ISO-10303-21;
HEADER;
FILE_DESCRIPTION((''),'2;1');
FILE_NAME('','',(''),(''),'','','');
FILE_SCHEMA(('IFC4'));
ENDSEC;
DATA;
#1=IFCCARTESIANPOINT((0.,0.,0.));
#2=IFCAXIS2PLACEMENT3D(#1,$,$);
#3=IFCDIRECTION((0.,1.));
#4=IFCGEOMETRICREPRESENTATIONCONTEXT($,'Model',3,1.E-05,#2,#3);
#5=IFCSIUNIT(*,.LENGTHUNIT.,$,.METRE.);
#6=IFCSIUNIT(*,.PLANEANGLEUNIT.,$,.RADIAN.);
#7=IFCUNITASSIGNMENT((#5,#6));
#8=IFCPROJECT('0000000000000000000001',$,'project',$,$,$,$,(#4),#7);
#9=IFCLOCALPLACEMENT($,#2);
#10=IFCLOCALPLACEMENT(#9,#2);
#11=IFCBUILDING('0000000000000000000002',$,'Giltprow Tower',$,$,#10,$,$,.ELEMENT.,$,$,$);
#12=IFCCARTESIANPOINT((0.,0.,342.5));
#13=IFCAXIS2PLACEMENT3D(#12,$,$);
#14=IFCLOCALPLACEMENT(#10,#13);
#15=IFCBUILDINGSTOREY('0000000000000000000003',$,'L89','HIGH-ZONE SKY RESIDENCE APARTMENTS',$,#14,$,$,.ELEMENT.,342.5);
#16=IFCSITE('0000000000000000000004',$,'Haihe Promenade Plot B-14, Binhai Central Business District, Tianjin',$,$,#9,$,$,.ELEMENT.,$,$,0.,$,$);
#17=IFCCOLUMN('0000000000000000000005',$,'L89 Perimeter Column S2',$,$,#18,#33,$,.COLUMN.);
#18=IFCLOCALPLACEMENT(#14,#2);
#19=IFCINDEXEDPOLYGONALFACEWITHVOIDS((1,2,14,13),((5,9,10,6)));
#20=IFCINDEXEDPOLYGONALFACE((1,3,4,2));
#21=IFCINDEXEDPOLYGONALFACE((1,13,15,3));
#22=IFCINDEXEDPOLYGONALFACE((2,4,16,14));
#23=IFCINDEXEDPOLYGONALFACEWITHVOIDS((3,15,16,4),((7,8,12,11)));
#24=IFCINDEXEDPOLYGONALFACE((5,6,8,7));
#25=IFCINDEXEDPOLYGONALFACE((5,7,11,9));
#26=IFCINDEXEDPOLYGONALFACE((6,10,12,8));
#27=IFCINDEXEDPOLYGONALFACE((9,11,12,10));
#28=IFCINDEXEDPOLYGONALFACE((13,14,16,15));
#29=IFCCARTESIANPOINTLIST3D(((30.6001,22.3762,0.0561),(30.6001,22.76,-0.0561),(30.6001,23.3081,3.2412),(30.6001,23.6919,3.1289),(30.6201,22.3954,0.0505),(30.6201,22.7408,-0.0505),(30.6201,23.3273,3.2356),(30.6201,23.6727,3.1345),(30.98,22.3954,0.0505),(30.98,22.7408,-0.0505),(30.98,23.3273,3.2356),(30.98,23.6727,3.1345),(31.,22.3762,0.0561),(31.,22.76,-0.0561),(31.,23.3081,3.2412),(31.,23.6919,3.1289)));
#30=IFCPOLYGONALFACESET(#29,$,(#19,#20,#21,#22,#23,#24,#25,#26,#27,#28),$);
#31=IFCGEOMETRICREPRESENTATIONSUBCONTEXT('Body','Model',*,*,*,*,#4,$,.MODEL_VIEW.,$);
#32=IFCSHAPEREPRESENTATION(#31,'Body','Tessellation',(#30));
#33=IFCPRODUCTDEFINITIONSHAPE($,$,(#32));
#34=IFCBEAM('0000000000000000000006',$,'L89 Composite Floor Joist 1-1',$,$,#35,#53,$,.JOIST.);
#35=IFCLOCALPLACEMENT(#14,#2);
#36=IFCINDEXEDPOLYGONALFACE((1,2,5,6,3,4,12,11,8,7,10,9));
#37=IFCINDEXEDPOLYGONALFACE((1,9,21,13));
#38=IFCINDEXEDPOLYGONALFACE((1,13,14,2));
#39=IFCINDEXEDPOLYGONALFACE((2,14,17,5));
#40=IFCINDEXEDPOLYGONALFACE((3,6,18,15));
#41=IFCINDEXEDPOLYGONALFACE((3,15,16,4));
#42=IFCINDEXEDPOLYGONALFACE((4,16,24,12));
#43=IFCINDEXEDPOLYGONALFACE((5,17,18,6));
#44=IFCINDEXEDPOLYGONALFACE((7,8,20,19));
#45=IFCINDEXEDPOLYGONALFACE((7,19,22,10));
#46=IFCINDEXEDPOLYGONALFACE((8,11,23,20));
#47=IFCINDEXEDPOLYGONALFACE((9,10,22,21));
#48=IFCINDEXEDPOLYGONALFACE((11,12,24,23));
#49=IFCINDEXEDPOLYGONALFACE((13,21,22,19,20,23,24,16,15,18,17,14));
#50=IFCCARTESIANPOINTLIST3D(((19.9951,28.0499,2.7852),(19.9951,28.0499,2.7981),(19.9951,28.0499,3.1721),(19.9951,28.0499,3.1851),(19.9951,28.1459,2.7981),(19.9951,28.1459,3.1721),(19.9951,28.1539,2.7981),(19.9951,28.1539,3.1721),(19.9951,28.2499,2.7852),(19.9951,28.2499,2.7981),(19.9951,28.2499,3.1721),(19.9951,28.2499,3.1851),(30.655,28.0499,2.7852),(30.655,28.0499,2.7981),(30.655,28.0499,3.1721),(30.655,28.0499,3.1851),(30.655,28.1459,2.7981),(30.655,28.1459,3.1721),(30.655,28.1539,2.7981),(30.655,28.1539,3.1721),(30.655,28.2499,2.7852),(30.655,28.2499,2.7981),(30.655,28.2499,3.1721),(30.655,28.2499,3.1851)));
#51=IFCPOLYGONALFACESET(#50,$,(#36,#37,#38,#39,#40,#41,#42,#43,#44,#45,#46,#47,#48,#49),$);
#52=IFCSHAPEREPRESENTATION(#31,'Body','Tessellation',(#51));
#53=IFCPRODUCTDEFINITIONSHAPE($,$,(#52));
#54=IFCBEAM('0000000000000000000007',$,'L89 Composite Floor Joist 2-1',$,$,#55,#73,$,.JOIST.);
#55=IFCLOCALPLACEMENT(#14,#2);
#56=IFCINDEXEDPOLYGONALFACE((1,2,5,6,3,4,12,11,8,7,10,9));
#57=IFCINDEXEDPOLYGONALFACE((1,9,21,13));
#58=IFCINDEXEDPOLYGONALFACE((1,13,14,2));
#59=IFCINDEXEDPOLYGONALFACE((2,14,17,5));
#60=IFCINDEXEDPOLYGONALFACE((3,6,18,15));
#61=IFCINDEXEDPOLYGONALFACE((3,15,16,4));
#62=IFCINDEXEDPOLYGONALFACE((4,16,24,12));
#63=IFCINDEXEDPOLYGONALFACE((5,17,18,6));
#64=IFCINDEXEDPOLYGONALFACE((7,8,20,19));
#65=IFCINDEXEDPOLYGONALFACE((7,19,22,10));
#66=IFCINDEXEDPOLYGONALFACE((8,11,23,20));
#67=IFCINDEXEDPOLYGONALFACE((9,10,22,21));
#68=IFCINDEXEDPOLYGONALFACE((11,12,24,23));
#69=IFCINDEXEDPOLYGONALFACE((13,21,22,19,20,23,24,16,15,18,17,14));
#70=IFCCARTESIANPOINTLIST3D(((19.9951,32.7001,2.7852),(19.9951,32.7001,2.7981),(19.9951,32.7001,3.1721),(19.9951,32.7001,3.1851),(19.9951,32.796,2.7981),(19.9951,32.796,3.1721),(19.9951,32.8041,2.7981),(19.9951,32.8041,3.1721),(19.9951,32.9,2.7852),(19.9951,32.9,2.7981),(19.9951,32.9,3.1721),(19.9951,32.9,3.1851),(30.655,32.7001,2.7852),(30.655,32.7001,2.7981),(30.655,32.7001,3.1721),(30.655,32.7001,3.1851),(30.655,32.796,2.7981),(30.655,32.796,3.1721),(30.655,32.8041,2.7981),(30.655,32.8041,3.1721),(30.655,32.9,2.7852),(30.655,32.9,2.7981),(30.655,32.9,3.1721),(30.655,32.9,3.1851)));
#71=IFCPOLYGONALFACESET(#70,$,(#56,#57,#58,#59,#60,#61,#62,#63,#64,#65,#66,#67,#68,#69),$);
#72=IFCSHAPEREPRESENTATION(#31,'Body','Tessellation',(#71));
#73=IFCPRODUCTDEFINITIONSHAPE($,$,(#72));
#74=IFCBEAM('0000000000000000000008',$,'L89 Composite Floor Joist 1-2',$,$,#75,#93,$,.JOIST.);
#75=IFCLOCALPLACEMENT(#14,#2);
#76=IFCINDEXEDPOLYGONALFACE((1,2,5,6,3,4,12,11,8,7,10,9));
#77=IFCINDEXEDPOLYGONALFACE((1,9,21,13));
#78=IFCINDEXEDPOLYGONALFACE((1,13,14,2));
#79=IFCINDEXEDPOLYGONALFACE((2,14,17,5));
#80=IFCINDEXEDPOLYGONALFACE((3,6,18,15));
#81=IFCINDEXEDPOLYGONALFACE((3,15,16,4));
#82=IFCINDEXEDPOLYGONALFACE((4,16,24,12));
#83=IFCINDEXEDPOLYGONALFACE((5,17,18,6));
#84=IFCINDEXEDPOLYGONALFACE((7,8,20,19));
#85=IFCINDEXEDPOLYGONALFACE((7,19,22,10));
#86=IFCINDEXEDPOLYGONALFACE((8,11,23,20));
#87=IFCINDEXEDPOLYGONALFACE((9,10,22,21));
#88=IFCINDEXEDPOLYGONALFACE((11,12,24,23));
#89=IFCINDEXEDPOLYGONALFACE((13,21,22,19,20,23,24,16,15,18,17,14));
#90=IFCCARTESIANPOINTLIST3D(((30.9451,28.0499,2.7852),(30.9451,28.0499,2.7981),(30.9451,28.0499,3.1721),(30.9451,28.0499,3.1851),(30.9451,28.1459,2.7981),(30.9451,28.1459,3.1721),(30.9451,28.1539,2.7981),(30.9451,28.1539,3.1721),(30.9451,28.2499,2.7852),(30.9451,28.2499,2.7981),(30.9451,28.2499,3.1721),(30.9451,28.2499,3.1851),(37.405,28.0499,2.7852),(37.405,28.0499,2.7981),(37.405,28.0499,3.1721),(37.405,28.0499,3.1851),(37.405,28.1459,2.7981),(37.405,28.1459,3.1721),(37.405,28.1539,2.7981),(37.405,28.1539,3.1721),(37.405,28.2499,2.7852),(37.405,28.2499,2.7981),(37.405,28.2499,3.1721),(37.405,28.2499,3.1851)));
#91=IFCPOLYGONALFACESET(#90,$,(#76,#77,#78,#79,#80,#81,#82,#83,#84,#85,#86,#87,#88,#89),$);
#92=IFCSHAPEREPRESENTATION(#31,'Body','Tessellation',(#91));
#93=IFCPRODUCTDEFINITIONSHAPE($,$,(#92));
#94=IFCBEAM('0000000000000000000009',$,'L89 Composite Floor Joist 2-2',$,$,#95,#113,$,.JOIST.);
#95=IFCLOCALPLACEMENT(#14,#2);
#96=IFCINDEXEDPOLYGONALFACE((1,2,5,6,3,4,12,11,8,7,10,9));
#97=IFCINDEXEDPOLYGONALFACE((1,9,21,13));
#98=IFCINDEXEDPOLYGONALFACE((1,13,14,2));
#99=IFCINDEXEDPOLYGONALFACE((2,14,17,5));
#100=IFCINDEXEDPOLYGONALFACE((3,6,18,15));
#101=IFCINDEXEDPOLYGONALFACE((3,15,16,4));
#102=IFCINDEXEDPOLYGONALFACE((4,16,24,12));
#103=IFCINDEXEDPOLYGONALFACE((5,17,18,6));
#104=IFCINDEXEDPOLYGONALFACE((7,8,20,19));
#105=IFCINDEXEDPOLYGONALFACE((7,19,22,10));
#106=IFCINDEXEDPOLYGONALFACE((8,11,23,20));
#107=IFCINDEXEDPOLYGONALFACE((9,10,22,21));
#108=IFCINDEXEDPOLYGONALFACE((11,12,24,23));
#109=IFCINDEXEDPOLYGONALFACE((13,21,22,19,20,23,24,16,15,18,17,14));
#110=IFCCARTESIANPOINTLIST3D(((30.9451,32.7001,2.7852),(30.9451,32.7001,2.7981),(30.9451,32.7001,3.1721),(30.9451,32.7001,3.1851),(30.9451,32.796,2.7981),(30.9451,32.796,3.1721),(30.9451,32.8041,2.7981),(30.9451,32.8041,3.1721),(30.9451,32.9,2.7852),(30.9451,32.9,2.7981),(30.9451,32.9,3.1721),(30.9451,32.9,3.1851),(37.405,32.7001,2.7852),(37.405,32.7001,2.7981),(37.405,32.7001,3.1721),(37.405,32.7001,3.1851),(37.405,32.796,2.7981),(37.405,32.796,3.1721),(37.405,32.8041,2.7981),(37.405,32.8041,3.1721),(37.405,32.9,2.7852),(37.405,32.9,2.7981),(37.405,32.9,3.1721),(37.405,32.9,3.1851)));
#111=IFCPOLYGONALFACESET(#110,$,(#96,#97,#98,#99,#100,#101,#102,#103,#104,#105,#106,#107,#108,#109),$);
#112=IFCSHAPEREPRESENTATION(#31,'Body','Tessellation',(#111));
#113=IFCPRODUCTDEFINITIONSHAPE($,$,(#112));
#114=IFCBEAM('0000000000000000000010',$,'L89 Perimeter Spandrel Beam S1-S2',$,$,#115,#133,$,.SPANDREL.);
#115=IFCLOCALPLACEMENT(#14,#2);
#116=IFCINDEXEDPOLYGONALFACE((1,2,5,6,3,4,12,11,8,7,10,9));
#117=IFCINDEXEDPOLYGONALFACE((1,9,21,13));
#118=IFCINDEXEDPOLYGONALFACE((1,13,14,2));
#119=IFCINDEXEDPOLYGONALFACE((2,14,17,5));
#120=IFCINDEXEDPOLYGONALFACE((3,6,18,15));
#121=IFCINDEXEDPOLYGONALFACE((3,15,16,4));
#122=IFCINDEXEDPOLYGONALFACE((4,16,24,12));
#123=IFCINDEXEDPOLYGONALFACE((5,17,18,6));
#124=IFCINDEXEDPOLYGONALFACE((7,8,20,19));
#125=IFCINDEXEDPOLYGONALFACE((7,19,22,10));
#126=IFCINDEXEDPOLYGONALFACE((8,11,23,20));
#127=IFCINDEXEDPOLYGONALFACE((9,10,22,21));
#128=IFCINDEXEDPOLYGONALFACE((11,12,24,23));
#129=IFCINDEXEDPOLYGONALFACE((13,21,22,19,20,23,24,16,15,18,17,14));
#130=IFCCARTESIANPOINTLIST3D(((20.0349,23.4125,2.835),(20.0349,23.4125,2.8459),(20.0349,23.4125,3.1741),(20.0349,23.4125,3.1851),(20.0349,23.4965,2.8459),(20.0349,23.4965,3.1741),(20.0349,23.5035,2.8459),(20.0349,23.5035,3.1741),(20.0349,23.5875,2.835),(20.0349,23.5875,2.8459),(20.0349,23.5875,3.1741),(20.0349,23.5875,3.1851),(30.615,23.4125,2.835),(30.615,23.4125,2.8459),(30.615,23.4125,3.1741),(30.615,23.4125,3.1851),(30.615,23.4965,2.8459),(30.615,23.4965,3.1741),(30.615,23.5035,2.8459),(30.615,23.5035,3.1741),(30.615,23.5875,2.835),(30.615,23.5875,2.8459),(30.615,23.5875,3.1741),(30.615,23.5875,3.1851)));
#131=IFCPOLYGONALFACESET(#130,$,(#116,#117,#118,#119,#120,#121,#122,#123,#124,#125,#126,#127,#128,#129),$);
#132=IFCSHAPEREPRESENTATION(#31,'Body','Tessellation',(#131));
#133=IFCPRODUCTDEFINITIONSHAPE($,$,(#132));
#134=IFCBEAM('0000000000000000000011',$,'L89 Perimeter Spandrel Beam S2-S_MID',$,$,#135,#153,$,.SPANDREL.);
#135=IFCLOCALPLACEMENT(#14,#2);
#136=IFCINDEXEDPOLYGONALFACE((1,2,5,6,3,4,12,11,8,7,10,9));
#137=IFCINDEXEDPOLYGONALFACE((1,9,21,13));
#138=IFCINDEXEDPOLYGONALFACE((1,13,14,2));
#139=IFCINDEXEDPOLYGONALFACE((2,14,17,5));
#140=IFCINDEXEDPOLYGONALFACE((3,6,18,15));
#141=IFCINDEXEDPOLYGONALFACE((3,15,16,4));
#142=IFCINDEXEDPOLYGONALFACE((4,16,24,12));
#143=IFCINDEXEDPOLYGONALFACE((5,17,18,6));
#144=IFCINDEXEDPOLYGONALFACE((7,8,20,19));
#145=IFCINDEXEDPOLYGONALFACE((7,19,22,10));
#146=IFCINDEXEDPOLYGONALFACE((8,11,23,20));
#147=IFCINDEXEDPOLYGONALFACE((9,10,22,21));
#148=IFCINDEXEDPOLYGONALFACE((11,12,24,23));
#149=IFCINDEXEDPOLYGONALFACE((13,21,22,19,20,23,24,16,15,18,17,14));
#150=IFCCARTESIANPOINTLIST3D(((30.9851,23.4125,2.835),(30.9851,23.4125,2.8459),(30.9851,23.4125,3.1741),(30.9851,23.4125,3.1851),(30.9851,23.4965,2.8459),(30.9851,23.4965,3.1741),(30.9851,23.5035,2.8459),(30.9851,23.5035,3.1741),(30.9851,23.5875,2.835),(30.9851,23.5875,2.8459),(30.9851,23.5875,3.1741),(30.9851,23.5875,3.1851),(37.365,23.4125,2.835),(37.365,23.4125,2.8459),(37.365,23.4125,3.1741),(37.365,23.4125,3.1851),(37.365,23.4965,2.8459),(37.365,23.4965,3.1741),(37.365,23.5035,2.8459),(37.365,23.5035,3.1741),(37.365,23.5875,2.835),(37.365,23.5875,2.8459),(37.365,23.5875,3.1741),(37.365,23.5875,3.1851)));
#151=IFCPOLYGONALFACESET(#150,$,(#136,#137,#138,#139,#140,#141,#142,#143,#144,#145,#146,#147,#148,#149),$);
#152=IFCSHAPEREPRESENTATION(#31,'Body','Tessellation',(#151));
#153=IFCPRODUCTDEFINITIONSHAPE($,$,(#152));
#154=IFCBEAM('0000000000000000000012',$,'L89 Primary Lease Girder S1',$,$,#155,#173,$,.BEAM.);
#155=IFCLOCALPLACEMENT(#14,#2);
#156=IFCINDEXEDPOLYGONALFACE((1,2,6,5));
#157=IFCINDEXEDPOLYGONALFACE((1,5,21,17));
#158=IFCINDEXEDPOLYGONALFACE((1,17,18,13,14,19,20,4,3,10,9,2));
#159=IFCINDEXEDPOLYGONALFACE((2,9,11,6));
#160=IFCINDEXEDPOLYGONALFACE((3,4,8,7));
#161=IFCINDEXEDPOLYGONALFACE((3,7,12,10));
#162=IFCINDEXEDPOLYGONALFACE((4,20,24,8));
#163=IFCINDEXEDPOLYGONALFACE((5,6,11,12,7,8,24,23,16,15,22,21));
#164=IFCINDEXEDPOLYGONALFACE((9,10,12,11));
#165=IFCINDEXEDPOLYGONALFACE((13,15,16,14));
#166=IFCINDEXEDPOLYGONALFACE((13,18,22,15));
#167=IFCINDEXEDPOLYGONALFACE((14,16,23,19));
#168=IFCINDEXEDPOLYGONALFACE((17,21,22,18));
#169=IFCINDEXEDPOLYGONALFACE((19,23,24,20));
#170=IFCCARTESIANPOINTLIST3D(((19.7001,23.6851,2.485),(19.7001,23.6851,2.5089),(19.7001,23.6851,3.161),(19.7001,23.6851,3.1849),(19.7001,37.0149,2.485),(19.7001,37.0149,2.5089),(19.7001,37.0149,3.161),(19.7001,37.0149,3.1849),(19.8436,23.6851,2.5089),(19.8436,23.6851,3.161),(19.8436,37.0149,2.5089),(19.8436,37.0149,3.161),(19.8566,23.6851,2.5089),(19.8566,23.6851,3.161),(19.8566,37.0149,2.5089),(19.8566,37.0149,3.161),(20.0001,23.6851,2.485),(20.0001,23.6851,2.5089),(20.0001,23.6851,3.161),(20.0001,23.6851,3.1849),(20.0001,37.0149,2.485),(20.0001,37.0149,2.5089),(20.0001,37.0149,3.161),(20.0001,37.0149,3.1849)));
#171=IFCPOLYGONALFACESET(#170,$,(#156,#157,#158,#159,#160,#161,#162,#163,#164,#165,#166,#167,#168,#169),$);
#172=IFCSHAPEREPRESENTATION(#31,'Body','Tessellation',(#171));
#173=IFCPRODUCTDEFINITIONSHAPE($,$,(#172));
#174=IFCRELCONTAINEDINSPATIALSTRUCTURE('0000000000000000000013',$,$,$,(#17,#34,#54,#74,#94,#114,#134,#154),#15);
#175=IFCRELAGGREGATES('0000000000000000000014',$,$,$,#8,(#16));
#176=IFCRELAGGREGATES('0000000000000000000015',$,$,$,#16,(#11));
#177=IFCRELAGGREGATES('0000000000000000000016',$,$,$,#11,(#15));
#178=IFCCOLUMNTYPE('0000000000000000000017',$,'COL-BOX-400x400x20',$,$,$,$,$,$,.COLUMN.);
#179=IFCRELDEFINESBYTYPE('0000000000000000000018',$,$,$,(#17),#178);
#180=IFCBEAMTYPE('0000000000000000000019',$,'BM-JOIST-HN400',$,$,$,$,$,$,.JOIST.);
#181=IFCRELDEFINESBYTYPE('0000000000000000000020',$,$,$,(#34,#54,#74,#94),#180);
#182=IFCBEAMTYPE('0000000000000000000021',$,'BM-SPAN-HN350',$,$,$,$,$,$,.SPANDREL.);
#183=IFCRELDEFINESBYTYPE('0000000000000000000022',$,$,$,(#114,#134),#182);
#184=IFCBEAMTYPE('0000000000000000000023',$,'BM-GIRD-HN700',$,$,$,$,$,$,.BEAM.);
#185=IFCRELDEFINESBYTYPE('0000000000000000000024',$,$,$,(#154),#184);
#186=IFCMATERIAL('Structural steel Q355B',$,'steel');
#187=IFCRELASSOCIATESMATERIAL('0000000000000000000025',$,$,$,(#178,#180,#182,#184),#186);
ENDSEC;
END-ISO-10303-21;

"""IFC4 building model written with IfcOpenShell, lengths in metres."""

from ifc_helpers import new_model, si_unit, direction, frame, origin, origin_2d, place, context, subcontext, project, spatial, hollow_rectangle, i_section, extrude, source, transform, mapped, material, material_profile, profile_set, type_object, element, save


model = new_model("IFC4")

# Units and contexts
model_context = context("Model", 3, precision=1e-05, world=origin(), true_north=direction((0.0, 1.0)))
body_context = subcontext(model_context, "Body", "Model", "MODEL_VIEW")
ifc_project = project(units=[si_unit("LENGTHUNIT", "METRE"), si_unit("PLANEANGLEUNIT", "RADIAN")], contexts=[model_context])

# Site, building, storey
site_placement = place(None, origin())
site = spatial("IfcSite", under=ifc_project, at=site_placement, Name="Haihe Promenade Plot B-14, Binhai Central Business District, Tianjin", CompositionType="ELEMENT", RefElevation=0.0)
building_placement = place(site_placement, origin())
building = spatial("IfcBuilding", under=site, at=building_placement, Name="Giltprow Tower", CompositionType="ELEMENT")
storey_placement = place(building_placement, frame((0.0, 0.0, 342.5)))
storey = spatial("IfcBuildingStorey", under=building, at=storey_placement, Name="L89", Description="HIGH-ZONE SKY RESIDENCE APARTMENTS", CompositionType="ELEMENT", Elevation=342.5)

# Column
ifc_material_1 = material(Name="Structural steel Q355B", Category="steel")
ifc_material_profile_1 = material_profile(ifc_material_1, hollow_rectangle(XDim=0.3999, YDim=0.3999, WallThickness=0.02, at=origin_2d()), Name="BOX 400x400x20")
ifc_profile_set_1 = profile_set([ifc_material_profile_1], Name="Structural steel Q355B")
column_type = type_object("IfcColumnType", Name="COL-BOX-400x400x20", PredefinedType="COLUMN", material=ifc_profile_set_1)
shared_shape_1 = source(origin(), body_context, "Body", "SweptSolid", [
    extrude(hollow_rectangle(XDim=0.3999, YDim=0.3999, WallThickness=0.02, at=origin_2d()), origin(), (0.0, 0.0, 1.0), 3.3186),
])
column_placement = place(storey_placement, frame((30.8, 22.5681, 0.0), z_axis=(0.0, 0.280808, 0.959764), x_axis=(-1.0, 0.0, 0.0)))
element("IfcColumn", 1, at=column_placement, inside=storey, type_object=column_type, Name="L89 Perimeter Column S2", PredefinedType="COLUMN", context=body_context, shape_type="MappedRepresentation", body=[
    mapped(shared_shape_1, transform((0.0, 0.0, 0.0), x_axis=(1.0, 0.0, 0.0), y_axis=(0.0, 1.0, 0.0), z_axis=(0.0, 0.0, 1.0), scale=1.0)),
])

# Beams
ifc_material_profile_2 = material_profile(ifc_material_1, i_section(OverallWidth=0.2, OverallDepth=0.3999, WebThickness=0.0081, FlangeThickness=0.0129, at=origin_2d()), Name="HN 400x200x8x13")
ifc_profile_set_2 = profile_set([ifc_material_profile_2], Name="Structural steel Q355B")
beam_type_1 = type_object("IfcBeamType", Name="BM-JOIST-HN400", PredefinedType="JOIST", material=ifc_profile_set_2)
shared_shape_2 = source(origin(), body_context, "Body", "SweptSolid", [
    extrude(i_section(OverallWidth=0.2, OverallDepth=0.3999, WebThickness=0.0081, FlangeThickness=0.0129, at=origin_2d()), origin(), (0.0, 0.0, 1.0), 10.6599),
])
for number, where, z_axis, x_axis, name in (
    (2, (19.9951, 28.1499, 2.9851), (1.0, 0.0, 0.0), (0.0, 1.0, 0.0), "L89 Composite Floor Joist 1-1"),
    (3, (19.9951, 32.8, 2.9851), (1.0, 0.0, 0.0), (0.0, 1.0, 0.0), "L89 Composite Floor Joist 2-1"),
):
    element("IfcBeam", number, at=place(storey_placement, frame(where, z_axis=z_axis, x_axis=x_axis)), inside=storey, type_object=beam_type_1, Name=name, PredefinedType="JOIST", context=body_context, shape_type="MappedRepresentation", body=[
        mapped(shared_shape_2, transform((0.0, 0.0, 0.0), x_axis=(1.0, 0.0, 0.0), y_axis=(0.0, 1.0, 0.0), z_axis=(0.0, 0.0, 1.0), scale=1.0)),
    ])
shared_shape_3 = source(origin(), body_context, "Body", "SweptSolid", [
    extrude(i_section(OverallWidth=0.2, OverallDepth=0.3999, WebThickness=0.0081, FlangeThickness=0.0129, at=origin_2d()), origin(), (0.0, 0.0, 1.0), 6.46),
])
for number, where, z_axis, x_axis, name in (
    (4, (30.9451, 28.1499, 2.9851), (1.0, 0.0, 0.0), (0.0, 1.0, 0.0), "L89 Composite Floor Joist 1-2"),
    (5, (30.9451, 32.8, 2.9851), (1.0, 0.0, 0.0), (0.0, 1.0, 0.0), "L89 Composite Floor Joist 2-2"),
):
    element("IfcBeam", number, at=place(storey_placement, frame(where, z_axis=z_axis, x_axis=x_axis)), inside=storey, type_object=beam_type_1, Name=name, PredefinedType="JOIST", context=body_context, shape_type="MappedRepresentation", body=[
        mapped(shared_shape_3, transform((0.0, 0.0, 0.0), x_axis=(1.0, 0.0, 0.0), y_axis=(0.0, 1.0, 0.0), z_axis=(0.0, 0.0, 1.0), scale=1.0)),
    ])
ifc_material_profile_3 = material_profile(ifc_material_1, i_section(OverallWidth=0.175, OverallDepth=0.3501, WebThickness=0.0071, FlangeThickness=0.011, at=origin_2d()), Name="HN 350x175x7x11")
ifc_profile_set_3 = profile_set([ifc_material_profile_3], Name="Structural steel Q355B")
beam_type_2 = type_object("IfcBeamType", Name="BM-SPAN-HN350", PredefinedType="SPANDREL", material=ifc_profile_set_3)
shared_shape_4 = source(origin(), body_context, "Body", "SweptSolid", [
    extrude(i_section(OverallWidth=0.175, OverallDepth=0.3501, WebThickness=0.0071, FlangeThickness=0.011, at=origin_2d()), origin(), (0.0, 0.0, 1.0), 10.5801),
])
beam_1_placement = place(storey_placement, frame((20.0349, 23.5, 3.01), z_axis=(1.0, 0.0, 0.0), x_axis=(0.0, 1.0, 0.0)))
element("IfcBeam", 6, at=beam_1_placement, inside=storey, type_object=beam_type_2, Name="L89 Perimeter Spandrel Beam S1-S2", PredefinedType="SPANDREL", context=body_context, shape_type="MappedRepresentation", body=[
    mapped(shared_shape_4, transform((0.0, 0.0, 0.0), x_axis=(1.0, 0.0, 0.0), y_axis=(0.0, 1.0, 0.0), z_axis=(0.0, 0.0, 1.0), scale=1.0)),
])
shared_shape_5 = source(origin(), body_context, "Body", "SweptSolid", [
    extrude(i_section(OverallWidth=0.175, OverallDepth=0.3501, WebThickness=0.0071, FlangeThickness=0.011, at=origin_2d()), origin(), (0.0, 0.0, 1.0), 6.3799),
])
beam_2_placement = place(storey_placement, frame((30.9851, 23.5, 3.01), z_axis=(1.0, 0.0, 0.0), x_axis=(0.0, 1.0, 0.0)))
element("IfcBeam", 7, at=beam_2_placement, inside=storey, type_object=beam_type_2, Name="L89 Perimeter Spandrel Beam S2-S_MID", PredefinedType="SPANDREL", context=body_context, shape_type="MappedRepresentation", body=[
    mapped(shared_shape_5, transform((0.0, 0.0, 0.0), x_axis=(1.0, 0.0, 0.0), y_axis=(0.0, 1.0, 0.0), z_axis=(0.0, 0.0, 1.0), scale=1.0)),
])
ifc_material_profile_4 = material_profile(ifc_material_1, i_section(OverallWidth=0.3, OverallDepth=0.7, WebThickness=0.0129, FlangeThickness=0.0239, at=origin_2d()), Name="HN 700x300x13x24")
ifc_profile_set_4 = profile_set([ifc_material_profile_4], Name="Structural steel Q355B")
beam_type_3 = type_object("IfcBeamType", Name="BM-GIRD-HN700", PredefinedType="BEAM", material=ifc_profile_set_4)
shared_shape_6 = source(origin(), body_context, "Body", "SweptSolid", [
    extrude(i_section(OverallWidth=0.3, OverallDepth=0.7, WebThickness=0.0129, FlangeThickness=0.0239, at=origin_2d()), origin(), (0.0, 0.0, 1.0), 13.3298),
])
for number, where, z_axis, x_axis, name in (
    (8, (19.8501, 23.6851, 2.835), (0.0, 1.0, 0.0), (-1.0, 0.0, 0.0), "L89 Primary Lease Girder S1"),
):
    element("IfcBeam", number, at=place(storey_placement, frame(where, z_axis=z_axis, x_axis=x_axis)), inside=storey, type_object=beam_type_3, Name=name, PredefinedType="BEAM", context=body_context, shape_type="MappedRepresentation", body=[
        mapped(shared_shape_6, transform((0.0, 0.0, 0.0), x_axis=(1.0, 0.0, 0.0), y_axis=(0.0, 1.0, 0.0), z_axis=(0.0, 0.0, 1.0), scale=1.0)),
    ])

save(model, "model.ifc")
